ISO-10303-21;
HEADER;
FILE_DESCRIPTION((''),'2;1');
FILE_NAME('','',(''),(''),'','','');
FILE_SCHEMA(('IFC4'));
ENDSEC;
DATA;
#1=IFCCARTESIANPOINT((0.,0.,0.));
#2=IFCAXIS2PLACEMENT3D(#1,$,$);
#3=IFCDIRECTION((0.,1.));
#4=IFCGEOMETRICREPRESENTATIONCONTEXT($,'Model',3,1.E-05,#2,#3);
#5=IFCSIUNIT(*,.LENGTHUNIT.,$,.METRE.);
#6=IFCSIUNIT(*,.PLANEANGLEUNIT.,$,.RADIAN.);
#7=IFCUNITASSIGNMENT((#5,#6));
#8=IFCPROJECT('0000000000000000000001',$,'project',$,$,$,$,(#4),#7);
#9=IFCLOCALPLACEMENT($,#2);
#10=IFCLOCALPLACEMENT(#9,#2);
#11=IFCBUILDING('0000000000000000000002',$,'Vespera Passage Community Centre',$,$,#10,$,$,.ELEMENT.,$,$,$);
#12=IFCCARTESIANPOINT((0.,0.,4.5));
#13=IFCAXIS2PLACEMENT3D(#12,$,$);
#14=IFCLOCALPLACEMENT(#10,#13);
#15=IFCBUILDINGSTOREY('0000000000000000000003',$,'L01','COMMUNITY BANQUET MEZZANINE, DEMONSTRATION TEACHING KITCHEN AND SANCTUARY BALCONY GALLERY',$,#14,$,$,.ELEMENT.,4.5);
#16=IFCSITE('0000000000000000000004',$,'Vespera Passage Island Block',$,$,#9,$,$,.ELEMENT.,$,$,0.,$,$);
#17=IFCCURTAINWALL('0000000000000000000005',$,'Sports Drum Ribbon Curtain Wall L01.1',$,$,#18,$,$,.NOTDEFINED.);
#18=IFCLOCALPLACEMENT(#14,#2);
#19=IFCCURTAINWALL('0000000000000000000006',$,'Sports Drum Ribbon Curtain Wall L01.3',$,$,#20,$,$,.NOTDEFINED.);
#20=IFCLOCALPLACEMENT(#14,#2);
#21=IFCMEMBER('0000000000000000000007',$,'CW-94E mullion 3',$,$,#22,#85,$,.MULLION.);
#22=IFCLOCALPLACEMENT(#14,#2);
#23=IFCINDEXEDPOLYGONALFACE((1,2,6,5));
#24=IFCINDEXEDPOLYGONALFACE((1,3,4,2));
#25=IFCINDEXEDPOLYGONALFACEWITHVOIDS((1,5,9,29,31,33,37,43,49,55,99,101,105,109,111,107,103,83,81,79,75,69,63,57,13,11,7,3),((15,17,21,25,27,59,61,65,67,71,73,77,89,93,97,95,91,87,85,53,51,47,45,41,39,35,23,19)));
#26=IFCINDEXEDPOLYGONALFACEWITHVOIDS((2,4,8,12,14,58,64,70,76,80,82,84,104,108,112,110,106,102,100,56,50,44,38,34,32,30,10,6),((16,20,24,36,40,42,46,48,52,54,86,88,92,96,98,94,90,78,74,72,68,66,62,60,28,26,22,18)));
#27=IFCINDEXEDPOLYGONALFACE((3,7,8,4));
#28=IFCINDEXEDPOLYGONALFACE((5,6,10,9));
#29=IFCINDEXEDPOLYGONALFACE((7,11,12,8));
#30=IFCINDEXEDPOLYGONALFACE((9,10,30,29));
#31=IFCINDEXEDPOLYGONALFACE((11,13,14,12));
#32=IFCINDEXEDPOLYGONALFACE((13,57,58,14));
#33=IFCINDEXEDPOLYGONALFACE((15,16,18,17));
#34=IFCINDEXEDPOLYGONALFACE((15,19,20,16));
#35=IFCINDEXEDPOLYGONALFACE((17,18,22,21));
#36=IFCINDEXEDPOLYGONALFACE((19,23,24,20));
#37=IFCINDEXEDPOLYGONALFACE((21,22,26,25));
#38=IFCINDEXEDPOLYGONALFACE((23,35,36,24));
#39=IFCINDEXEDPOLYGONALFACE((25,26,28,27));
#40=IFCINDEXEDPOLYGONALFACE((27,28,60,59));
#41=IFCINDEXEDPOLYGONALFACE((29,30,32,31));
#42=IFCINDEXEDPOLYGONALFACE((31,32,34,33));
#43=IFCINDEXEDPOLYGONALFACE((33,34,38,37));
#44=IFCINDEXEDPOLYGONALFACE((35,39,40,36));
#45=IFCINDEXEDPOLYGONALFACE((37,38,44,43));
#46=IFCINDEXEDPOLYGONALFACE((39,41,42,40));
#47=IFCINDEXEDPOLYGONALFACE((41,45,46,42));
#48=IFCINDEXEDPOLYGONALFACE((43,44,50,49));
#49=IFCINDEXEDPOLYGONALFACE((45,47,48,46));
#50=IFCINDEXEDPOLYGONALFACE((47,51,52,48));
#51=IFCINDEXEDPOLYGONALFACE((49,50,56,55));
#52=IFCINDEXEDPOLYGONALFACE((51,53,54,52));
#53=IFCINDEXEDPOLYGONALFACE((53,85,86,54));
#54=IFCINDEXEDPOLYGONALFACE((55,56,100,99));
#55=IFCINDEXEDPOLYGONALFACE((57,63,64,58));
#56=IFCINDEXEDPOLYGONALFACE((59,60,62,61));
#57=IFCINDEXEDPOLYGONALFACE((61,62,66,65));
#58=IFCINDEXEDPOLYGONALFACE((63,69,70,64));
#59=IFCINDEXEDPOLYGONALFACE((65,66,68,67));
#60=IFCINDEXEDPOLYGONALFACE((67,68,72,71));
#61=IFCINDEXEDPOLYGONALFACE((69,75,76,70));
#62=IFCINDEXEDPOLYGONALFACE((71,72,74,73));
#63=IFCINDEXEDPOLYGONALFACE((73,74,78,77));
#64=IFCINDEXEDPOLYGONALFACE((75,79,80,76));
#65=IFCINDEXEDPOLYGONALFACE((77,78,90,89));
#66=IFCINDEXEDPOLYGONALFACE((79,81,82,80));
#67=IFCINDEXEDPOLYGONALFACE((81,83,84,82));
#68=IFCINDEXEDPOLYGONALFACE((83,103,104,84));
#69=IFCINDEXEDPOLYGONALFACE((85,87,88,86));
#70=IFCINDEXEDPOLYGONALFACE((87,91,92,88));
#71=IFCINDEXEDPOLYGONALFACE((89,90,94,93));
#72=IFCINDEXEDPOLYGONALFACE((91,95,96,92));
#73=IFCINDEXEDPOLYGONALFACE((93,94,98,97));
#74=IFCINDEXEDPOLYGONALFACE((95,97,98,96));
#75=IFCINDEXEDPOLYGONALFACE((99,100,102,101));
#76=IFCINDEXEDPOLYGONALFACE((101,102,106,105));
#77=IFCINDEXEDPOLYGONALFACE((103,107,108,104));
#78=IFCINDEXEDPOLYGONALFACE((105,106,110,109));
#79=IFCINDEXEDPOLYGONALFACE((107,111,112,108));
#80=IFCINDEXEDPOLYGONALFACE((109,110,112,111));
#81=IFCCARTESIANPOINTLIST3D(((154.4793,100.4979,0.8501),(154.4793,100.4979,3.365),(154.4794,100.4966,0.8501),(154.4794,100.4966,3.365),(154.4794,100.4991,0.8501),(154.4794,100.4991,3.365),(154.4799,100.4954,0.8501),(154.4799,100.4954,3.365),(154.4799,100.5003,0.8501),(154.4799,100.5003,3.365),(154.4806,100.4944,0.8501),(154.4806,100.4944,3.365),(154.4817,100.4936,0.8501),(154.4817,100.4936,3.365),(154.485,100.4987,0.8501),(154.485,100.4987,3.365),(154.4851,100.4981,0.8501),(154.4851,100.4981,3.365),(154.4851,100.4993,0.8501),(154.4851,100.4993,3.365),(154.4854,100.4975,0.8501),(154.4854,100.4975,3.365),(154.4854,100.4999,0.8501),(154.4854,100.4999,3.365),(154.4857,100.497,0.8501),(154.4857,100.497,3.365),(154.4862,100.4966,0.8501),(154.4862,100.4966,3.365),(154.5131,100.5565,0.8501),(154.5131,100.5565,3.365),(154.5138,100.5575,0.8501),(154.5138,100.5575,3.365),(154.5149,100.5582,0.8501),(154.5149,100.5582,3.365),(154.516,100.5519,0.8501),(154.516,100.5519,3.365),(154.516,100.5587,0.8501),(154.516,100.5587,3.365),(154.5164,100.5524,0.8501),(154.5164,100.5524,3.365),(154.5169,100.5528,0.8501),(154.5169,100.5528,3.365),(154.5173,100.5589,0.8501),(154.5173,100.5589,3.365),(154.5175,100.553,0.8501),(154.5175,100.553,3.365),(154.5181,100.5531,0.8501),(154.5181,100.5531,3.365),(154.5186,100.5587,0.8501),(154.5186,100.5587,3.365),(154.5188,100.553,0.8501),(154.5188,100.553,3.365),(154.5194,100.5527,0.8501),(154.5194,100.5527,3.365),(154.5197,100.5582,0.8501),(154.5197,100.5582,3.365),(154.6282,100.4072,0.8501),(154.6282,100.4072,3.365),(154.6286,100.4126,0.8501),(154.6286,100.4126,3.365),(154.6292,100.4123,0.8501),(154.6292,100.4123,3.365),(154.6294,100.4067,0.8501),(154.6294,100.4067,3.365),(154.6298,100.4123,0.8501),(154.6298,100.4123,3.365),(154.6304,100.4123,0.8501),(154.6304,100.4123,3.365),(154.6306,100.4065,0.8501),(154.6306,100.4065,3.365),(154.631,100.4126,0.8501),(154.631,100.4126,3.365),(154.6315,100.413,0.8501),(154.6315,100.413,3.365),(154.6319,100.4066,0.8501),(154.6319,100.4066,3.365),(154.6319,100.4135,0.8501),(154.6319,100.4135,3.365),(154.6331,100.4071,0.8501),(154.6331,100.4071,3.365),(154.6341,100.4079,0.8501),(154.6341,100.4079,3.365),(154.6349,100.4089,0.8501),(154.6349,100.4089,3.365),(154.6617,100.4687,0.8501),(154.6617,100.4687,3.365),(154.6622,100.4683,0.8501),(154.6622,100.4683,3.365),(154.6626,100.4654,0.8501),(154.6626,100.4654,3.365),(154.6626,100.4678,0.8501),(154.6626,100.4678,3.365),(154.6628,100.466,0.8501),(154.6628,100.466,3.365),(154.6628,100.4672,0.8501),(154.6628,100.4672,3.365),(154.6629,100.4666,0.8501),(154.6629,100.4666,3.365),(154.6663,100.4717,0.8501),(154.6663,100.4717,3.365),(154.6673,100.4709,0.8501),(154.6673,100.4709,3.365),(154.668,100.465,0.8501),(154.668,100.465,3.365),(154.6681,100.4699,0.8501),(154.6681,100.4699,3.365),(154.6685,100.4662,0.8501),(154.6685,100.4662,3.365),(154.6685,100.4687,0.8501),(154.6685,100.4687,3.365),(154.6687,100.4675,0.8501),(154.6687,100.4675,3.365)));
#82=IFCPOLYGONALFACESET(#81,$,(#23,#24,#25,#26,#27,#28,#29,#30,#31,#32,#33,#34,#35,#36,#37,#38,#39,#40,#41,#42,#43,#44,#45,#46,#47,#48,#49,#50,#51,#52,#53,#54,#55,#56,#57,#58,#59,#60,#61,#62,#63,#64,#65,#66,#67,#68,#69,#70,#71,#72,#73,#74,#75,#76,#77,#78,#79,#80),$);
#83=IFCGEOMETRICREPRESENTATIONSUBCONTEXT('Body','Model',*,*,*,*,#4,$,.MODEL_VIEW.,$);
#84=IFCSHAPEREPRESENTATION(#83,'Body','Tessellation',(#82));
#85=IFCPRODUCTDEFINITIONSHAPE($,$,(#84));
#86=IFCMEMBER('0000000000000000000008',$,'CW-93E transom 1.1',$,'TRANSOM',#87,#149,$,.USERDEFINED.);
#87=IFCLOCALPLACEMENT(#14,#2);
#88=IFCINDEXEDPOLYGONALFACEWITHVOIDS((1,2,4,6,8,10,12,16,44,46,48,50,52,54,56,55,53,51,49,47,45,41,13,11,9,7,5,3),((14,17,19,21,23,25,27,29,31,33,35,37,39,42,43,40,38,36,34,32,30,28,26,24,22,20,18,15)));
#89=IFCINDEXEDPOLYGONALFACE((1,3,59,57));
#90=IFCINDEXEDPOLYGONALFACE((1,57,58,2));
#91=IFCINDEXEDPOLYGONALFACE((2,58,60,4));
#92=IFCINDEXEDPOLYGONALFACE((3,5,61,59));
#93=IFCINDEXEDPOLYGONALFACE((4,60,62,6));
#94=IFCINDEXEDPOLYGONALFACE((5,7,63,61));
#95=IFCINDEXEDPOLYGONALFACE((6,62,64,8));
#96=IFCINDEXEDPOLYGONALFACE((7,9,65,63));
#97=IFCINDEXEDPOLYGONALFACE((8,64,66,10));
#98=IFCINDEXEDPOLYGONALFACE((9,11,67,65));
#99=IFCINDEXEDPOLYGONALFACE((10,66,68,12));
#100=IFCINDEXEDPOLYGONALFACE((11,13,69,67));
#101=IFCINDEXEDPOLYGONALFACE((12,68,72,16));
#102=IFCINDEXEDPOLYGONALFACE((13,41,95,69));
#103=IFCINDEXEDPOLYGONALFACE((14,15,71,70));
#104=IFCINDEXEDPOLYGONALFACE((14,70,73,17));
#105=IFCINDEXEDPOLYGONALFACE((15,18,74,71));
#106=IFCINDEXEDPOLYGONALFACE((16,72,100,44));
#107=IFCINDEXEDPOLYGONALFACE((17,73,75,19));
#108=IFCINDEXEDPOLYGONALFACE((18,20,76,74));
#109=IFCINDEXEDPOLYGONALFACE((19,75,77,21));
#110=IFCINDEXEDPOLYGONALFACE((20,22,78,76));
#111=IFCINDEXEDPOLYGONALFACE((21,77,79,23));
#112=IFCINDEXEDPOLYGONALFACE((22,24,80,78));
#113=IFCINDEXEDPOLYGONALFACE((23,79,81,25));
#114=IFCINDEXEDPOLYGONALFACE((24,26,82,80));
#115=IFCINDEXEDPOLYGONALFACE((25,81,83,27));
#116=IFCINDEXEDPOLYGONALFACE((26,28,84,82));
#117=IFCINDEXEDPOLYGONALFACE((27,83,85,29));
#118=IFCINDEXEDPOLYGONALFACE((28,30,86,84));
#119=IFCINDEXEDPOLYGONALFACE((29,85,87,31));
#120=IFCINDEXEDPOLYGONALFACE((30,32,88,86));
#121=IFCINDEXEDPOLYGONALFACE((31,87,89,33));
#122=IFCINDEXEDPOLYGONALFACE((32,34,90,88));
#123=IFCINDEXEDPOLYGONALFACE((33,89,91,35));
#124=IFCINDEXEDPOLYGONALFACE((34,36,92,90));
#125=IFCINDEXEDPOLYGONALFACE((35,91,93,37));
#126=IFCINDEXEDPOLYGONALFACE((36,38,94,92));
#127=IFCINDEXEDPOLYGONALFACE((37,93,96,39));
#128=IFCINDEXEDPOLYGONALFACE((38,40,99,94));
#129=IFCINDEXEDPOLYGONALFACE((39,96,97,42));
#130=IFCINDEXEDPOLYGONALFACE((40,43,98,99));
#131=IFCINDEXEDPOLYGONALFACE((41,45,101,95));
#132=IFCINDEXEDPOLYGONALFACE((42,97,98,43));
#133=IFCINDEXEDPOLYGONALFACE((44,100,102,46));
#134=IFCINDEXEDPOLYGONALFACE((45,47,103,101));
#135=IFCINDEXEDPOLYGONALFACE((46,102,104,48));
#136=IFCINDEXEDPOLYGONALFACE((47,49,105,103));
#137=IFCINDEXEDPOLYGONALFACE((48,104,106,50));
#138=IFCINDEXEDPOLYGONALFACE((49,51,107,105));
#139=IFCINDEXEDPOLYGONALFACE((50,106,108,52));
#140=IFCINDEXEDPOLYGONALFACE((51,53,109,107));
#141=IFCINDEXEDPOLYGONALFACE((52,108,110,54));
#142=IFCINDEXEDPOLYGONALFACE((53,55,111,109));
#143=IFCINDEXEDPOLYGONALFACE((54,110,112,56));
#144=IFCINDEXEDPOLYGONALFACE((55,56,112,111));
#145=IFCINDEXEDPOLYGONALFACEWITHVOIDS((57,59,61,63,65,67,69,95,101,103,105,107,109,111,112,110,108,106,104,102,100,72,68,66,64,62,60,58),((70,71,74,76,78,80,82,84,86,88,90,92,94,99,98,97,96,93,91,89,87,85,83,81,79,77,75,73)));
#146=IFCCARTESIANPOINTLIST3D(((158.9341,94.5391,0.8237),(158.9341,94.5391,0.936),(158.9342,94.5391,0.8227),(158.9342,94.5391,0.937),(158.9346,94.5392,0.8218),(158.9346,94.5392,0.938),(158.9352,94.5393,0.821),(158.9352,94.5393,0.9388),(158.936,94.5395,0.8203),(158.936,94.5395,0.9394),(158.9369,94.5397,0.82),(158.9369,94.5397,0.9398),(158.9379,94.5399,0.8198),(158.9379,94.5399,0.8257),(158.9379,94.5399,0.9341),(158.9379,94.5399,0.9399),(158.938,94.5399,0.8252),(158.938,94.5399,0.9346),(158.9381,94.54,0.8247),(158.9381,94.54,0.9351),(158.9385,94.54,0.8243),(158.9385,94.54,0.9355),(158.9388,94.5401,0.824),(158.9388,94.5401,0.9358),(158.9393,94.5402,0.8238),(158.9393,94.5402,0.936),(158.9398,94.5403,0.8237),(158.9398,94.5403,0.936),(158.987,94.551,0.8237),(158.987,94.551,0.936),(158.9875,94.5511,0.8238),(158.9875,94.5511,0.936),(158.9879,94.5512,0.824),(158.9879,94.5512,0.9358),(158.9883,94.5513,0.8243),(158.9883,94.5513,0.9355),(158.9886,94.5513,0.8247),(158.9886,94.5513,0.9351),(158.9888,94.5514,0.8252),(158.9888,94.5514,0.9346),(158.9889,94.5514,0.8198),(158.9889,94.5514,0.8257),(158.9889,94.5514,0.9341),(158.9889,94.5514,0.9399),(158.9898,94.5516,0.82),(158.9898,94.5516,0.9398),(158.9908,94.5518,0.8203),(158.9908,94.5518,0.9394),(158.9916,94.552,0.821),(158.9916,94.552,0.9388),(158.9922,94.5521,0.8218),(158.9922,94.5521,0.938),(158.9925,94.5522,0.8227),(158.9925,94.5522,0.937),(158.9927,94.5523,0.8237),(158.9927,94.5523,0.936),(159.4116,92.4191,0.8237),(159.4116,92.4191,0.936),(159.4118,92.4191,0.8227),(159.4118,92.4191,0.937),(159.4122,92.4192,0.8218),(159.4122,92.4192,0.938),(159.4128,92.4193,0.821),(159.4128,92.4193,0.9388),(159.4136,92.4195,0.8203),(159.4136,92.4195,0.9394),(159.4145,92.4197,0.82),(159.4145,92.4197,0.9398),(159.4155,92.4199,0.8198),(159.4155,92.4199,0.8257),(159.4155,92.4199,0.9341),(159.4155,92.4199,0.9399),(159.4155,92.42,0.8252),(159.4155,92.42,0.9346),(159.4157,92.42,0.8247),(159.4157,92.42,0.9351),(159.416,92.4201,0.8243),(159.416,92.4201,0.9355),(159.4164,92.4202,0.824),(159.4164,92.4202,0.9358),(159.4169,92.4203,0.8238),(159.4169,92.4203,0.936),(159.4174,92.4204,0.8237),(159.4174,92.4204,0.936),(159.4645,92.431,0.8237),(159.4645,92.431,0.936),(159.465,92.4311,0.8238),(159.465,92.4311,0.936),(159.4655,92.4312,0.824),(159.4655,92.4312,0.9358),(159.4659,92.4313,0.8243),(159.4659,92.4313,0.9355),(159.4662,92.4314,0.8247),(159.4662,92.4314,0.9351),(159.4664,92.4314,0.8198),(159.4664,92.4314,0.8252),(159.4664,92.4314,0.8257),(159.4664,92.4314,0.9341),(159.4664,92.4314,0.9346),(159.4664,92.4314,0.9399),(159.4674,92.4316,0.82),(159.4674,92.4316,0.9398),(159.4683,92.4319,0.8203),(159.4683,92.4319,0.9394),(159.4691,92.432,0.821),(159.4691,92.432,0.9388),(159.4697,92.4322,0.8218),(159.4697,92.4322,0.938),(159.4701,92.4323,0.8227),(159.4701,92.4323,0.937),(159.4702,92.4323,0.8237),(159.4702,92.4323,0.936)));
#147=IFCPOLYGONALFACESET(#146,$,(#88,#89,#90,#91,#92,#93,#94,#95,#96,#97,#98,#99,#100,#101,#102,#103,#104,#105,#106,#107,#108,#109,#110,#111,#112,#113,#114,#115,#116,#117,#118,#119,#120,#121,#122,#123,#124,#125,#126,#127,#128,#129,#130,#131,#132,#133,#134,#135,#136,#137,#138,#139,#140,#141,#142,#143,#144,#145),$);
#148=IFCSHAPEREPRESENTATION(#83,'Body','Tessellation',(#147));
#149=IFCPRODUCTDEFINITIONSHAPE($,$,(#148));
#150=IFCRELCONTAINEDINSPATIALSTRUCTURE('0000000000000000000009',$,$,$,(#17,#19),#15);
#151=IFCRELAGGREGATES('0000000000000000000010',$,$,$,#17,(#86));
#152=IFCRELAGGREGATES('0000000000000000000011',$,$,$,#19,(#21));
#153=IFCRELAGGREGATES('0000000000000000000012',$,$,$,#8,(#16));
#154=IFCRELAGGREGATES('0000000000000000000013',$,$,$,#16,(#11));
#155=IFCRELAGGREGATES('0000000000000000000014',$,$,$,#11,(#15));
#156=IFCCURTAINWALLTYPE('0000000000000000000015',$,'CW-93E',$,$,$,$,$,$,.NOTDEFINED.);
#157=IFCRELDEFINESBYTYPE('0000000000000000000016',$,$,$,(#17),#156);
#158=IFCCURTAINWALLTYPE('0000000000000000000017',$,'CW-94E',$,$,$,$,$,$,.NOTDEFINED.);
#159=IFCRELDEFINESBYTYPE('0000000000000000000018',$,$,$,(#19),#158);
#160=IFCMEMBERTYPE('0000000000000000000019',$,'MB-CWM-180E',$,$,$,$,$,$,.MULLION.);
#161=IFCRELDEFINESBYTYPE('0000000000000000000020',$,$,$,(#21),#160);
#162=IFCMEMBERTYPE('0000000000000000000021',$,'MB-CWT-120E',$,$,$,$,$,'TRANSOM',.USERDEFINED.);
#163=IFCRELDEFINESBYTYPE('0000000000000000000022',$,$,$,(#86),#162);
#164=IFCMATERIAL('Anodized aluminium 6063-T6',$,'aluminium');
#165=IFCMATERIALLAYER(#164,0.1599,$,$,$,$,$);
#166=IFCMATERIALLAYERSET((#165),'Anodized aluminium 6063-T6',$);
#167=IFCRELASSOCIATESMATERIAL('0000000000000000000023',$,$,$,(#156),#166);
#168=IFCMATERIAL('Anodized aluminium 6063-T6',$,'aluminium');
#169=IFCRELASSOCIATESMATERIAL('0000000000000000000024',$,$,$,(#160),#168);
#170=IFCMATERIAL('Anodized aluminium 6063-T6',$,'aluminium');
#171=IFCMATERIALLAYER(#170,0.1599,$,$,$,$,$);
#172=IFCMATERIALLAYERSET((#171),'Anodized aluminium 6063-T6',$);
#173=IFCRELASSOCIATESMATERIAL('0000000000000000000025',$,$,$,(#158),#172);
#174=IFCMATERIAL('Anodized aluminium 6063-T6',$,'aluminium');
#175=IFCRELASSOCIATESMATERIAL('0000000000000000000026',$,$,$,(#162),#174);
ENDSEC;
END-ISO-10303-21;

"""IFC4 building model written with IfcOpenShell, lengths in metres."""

from ifc_helpers import new_model, si_unit, direction, frame, origin, origin_2d, place, context, subcontext, project, spatial, hollow_rectangle, extrude, material, layer, layer_set, material_profile, profile_set, type_object, element, aggregate, save


model = new_model("IFC4")

# Units and contexts
model_context = context("Model", 3, precision=1e-05, world=origin(), true_north=direction((0.0, 1.0)))
body_context = subcontext(model_context, "Body", "Model", "MODEL_VIEW")
ifc_project = project(units=[si_unit("LENGTHUNIT", "METRE"), si_unit("PLANEANGLEUNIT", "RADIAN")], contexts=[model_context])

# Site, building, storey
site_placement = place(None, origin())
site = spatial("IfcSite", under=ifc_project, at=site_placement, Name="Vespera Passage Island Block", CompositionType="ELEMENT", RefElevation=0.0)
building_placement = place(site_placement, origin())
building = spatial("IfcBuilding", under=site, at=building_placement, Name="Vespera Passage Community Centre", CompositionType="ELEMENT")
storey_placement = place(building_placement, frame((0.0, 0.0, 4.5)))
storey = spatial("IfcBuildingStorey", under=building, at=storey_placement, Name="L01", Description="COMMUNITY BANQUET MEZZANINE, DEMONSTRATION TEACHING KITCHEN AND SANCTUARY BALCONY GALLERY", CompositionType="ELEMENT", Elevation=4.5)

# Curtain wall
ifc_material_1 = material(Name="Anodized aluminium 6063-T6", Category="aluminium")
ifc_layer_1 = layer(ifc_material_1, 0.1599)
ifc_layer_set_1 = layer_set([ifc_layer_1], Name="Anodized aluminium 6063-T6")
curtain_wall_type_1 = type_object("IfcCurtainWallType", Name="CW-93E", PredefinedType="NOTDEFINED", material=ifc_layer_set_1)
curtain_wall_1_placement = place(storey_placement, origin())
curtain_wall_1 = element("IfcCurtainWall", 1, at=curtain_wall_1_placement, inside=storey, type_object=curtain_wall_type_1, Name="Sports Drum Ribbon Curtain Wall L01.1", PredefinedType="NOTDEFINED")
ifc_material_2 = material(Name="Anodized aluminium 6063-T6", Category="aluminium")
ifc_material_profile_1 = material_profile(ifc_material_2, hollow_rectangle(XDim=0.075, YDim=0.1799, WallThickness=0.0049, InnerFilletRadius=0.0024, OuterFilletRadius=0.0049, at=origin_2d()), Name="ALU180X75X5")
ifc_profile_set_1 = profile_set([ifc_material_profile_1], Name="Anodized aluminium 6063-T6")
member_type_1 = type_object("IfcMemberType", Name="MB-CWM-180E", PredefinedType="MULLION", material=ifc_profile_set_1)

# Curtain wall, member
ifc_material_3 = material(Name="Anodized aluminium 6063-T6", Category="aluminium")
ifc_layer_2 = layer(ifc_material_3, 0.1599)
ifc_layer_set_2 = layer_set([ifc_layer_2], Name="Anodized aluminium 6063-T6")
curtain_wall_type_2 = type_object("IfcCurtainWallType", Name="CW-94E", PredefinedType="NOTDEFINED", material=ifc_layer_set_2)
curtain_wall_2_placement = place(storey_placement, origin())
curtain_wall_2 = element("IfcCurtainWall", 2, at=curtain_wall_2_placement, inside=storey, type_object=curtain_wall_type_2, Name="Sports Drum Ribbon Curtain Wall L01.3", PredefinedType="NOTDEFINED")
member_1_placement = place(storey_placement, frame((154.574, 100.4827, 0.8501), z_axis=(0.0, 0.0, 1.0), x_axis=(0.50817, 0.861257, 0.0)))
member_1 = element("IfcMember", 3, at=member_1_placement, type_object=member_type_1, Name="CW-94E mullion 3", PredefinedType="MULLION", context=body_context, shape_type="SweptSolid", body=[
    extrude(hollow_rectangle(XDim=0.075, YDim=0.1799, WallThickness=0.0049, InnerFilletRadius=0.0024, OuterFilletRadius=0.0049, at=origin_2d()), origin(), (0.0, 0.0, 1.0), 2.5149),
])

# Member
ifc_material_4 = material(Name="Anodized aluminium 6063-T6", Category="aluminium")
ifc_material_profile_2 = material_profile(ifc_material_4, hollow_rectangle(XDim=0.0601, YDim=0.1201, WallThickness=0.0039, InnerFilletRadius=0.002, OuterFilletRadius=0.0039, at=origin_2d()), Name="ALU120X60X4")
ifc_profile_set_2 = profile_set([ifc_material_profile_2], Name="Anodized aluminium 6063-T6")
member_type_2 = type_object("IfcMemberType", Name="MB-CWT-120E", ElementType="TRANSOM", PredefinedType="USERDEFINED", material=ifc_profile_set_2)
member_2_placement = place(storey_placement, frame((158.9634, 94.5457, 0.8799), z_axis=(0.219761, -0.975554, 0.0), x_axis=(0.975554, 0.219761, 0.0)))
member_2 = element("IfcMember", 4, at=member_2_placement, type_object=member_type_2, Name="CW-93E transom 1.1", ObjectType="TRANSOM", PredefinedType="USERDEFINED", context=body_context, shape_type="SweptSolid", body=[
    extrude(hollow_rectangle(XDim=0.0601, YDim=0.1201, WallThickness=0.0039, InnerFilletRadius=0.002, OuterFilletRadius=0.0039, at=origin_2d()), origin(), (0.0, 0.0, 1.0), 2.1731),
])

aggregate(curtain_wall_1, [member_2])
aggregate(curtain_wall_2, [member_1])

save(model, "model.ifc")
